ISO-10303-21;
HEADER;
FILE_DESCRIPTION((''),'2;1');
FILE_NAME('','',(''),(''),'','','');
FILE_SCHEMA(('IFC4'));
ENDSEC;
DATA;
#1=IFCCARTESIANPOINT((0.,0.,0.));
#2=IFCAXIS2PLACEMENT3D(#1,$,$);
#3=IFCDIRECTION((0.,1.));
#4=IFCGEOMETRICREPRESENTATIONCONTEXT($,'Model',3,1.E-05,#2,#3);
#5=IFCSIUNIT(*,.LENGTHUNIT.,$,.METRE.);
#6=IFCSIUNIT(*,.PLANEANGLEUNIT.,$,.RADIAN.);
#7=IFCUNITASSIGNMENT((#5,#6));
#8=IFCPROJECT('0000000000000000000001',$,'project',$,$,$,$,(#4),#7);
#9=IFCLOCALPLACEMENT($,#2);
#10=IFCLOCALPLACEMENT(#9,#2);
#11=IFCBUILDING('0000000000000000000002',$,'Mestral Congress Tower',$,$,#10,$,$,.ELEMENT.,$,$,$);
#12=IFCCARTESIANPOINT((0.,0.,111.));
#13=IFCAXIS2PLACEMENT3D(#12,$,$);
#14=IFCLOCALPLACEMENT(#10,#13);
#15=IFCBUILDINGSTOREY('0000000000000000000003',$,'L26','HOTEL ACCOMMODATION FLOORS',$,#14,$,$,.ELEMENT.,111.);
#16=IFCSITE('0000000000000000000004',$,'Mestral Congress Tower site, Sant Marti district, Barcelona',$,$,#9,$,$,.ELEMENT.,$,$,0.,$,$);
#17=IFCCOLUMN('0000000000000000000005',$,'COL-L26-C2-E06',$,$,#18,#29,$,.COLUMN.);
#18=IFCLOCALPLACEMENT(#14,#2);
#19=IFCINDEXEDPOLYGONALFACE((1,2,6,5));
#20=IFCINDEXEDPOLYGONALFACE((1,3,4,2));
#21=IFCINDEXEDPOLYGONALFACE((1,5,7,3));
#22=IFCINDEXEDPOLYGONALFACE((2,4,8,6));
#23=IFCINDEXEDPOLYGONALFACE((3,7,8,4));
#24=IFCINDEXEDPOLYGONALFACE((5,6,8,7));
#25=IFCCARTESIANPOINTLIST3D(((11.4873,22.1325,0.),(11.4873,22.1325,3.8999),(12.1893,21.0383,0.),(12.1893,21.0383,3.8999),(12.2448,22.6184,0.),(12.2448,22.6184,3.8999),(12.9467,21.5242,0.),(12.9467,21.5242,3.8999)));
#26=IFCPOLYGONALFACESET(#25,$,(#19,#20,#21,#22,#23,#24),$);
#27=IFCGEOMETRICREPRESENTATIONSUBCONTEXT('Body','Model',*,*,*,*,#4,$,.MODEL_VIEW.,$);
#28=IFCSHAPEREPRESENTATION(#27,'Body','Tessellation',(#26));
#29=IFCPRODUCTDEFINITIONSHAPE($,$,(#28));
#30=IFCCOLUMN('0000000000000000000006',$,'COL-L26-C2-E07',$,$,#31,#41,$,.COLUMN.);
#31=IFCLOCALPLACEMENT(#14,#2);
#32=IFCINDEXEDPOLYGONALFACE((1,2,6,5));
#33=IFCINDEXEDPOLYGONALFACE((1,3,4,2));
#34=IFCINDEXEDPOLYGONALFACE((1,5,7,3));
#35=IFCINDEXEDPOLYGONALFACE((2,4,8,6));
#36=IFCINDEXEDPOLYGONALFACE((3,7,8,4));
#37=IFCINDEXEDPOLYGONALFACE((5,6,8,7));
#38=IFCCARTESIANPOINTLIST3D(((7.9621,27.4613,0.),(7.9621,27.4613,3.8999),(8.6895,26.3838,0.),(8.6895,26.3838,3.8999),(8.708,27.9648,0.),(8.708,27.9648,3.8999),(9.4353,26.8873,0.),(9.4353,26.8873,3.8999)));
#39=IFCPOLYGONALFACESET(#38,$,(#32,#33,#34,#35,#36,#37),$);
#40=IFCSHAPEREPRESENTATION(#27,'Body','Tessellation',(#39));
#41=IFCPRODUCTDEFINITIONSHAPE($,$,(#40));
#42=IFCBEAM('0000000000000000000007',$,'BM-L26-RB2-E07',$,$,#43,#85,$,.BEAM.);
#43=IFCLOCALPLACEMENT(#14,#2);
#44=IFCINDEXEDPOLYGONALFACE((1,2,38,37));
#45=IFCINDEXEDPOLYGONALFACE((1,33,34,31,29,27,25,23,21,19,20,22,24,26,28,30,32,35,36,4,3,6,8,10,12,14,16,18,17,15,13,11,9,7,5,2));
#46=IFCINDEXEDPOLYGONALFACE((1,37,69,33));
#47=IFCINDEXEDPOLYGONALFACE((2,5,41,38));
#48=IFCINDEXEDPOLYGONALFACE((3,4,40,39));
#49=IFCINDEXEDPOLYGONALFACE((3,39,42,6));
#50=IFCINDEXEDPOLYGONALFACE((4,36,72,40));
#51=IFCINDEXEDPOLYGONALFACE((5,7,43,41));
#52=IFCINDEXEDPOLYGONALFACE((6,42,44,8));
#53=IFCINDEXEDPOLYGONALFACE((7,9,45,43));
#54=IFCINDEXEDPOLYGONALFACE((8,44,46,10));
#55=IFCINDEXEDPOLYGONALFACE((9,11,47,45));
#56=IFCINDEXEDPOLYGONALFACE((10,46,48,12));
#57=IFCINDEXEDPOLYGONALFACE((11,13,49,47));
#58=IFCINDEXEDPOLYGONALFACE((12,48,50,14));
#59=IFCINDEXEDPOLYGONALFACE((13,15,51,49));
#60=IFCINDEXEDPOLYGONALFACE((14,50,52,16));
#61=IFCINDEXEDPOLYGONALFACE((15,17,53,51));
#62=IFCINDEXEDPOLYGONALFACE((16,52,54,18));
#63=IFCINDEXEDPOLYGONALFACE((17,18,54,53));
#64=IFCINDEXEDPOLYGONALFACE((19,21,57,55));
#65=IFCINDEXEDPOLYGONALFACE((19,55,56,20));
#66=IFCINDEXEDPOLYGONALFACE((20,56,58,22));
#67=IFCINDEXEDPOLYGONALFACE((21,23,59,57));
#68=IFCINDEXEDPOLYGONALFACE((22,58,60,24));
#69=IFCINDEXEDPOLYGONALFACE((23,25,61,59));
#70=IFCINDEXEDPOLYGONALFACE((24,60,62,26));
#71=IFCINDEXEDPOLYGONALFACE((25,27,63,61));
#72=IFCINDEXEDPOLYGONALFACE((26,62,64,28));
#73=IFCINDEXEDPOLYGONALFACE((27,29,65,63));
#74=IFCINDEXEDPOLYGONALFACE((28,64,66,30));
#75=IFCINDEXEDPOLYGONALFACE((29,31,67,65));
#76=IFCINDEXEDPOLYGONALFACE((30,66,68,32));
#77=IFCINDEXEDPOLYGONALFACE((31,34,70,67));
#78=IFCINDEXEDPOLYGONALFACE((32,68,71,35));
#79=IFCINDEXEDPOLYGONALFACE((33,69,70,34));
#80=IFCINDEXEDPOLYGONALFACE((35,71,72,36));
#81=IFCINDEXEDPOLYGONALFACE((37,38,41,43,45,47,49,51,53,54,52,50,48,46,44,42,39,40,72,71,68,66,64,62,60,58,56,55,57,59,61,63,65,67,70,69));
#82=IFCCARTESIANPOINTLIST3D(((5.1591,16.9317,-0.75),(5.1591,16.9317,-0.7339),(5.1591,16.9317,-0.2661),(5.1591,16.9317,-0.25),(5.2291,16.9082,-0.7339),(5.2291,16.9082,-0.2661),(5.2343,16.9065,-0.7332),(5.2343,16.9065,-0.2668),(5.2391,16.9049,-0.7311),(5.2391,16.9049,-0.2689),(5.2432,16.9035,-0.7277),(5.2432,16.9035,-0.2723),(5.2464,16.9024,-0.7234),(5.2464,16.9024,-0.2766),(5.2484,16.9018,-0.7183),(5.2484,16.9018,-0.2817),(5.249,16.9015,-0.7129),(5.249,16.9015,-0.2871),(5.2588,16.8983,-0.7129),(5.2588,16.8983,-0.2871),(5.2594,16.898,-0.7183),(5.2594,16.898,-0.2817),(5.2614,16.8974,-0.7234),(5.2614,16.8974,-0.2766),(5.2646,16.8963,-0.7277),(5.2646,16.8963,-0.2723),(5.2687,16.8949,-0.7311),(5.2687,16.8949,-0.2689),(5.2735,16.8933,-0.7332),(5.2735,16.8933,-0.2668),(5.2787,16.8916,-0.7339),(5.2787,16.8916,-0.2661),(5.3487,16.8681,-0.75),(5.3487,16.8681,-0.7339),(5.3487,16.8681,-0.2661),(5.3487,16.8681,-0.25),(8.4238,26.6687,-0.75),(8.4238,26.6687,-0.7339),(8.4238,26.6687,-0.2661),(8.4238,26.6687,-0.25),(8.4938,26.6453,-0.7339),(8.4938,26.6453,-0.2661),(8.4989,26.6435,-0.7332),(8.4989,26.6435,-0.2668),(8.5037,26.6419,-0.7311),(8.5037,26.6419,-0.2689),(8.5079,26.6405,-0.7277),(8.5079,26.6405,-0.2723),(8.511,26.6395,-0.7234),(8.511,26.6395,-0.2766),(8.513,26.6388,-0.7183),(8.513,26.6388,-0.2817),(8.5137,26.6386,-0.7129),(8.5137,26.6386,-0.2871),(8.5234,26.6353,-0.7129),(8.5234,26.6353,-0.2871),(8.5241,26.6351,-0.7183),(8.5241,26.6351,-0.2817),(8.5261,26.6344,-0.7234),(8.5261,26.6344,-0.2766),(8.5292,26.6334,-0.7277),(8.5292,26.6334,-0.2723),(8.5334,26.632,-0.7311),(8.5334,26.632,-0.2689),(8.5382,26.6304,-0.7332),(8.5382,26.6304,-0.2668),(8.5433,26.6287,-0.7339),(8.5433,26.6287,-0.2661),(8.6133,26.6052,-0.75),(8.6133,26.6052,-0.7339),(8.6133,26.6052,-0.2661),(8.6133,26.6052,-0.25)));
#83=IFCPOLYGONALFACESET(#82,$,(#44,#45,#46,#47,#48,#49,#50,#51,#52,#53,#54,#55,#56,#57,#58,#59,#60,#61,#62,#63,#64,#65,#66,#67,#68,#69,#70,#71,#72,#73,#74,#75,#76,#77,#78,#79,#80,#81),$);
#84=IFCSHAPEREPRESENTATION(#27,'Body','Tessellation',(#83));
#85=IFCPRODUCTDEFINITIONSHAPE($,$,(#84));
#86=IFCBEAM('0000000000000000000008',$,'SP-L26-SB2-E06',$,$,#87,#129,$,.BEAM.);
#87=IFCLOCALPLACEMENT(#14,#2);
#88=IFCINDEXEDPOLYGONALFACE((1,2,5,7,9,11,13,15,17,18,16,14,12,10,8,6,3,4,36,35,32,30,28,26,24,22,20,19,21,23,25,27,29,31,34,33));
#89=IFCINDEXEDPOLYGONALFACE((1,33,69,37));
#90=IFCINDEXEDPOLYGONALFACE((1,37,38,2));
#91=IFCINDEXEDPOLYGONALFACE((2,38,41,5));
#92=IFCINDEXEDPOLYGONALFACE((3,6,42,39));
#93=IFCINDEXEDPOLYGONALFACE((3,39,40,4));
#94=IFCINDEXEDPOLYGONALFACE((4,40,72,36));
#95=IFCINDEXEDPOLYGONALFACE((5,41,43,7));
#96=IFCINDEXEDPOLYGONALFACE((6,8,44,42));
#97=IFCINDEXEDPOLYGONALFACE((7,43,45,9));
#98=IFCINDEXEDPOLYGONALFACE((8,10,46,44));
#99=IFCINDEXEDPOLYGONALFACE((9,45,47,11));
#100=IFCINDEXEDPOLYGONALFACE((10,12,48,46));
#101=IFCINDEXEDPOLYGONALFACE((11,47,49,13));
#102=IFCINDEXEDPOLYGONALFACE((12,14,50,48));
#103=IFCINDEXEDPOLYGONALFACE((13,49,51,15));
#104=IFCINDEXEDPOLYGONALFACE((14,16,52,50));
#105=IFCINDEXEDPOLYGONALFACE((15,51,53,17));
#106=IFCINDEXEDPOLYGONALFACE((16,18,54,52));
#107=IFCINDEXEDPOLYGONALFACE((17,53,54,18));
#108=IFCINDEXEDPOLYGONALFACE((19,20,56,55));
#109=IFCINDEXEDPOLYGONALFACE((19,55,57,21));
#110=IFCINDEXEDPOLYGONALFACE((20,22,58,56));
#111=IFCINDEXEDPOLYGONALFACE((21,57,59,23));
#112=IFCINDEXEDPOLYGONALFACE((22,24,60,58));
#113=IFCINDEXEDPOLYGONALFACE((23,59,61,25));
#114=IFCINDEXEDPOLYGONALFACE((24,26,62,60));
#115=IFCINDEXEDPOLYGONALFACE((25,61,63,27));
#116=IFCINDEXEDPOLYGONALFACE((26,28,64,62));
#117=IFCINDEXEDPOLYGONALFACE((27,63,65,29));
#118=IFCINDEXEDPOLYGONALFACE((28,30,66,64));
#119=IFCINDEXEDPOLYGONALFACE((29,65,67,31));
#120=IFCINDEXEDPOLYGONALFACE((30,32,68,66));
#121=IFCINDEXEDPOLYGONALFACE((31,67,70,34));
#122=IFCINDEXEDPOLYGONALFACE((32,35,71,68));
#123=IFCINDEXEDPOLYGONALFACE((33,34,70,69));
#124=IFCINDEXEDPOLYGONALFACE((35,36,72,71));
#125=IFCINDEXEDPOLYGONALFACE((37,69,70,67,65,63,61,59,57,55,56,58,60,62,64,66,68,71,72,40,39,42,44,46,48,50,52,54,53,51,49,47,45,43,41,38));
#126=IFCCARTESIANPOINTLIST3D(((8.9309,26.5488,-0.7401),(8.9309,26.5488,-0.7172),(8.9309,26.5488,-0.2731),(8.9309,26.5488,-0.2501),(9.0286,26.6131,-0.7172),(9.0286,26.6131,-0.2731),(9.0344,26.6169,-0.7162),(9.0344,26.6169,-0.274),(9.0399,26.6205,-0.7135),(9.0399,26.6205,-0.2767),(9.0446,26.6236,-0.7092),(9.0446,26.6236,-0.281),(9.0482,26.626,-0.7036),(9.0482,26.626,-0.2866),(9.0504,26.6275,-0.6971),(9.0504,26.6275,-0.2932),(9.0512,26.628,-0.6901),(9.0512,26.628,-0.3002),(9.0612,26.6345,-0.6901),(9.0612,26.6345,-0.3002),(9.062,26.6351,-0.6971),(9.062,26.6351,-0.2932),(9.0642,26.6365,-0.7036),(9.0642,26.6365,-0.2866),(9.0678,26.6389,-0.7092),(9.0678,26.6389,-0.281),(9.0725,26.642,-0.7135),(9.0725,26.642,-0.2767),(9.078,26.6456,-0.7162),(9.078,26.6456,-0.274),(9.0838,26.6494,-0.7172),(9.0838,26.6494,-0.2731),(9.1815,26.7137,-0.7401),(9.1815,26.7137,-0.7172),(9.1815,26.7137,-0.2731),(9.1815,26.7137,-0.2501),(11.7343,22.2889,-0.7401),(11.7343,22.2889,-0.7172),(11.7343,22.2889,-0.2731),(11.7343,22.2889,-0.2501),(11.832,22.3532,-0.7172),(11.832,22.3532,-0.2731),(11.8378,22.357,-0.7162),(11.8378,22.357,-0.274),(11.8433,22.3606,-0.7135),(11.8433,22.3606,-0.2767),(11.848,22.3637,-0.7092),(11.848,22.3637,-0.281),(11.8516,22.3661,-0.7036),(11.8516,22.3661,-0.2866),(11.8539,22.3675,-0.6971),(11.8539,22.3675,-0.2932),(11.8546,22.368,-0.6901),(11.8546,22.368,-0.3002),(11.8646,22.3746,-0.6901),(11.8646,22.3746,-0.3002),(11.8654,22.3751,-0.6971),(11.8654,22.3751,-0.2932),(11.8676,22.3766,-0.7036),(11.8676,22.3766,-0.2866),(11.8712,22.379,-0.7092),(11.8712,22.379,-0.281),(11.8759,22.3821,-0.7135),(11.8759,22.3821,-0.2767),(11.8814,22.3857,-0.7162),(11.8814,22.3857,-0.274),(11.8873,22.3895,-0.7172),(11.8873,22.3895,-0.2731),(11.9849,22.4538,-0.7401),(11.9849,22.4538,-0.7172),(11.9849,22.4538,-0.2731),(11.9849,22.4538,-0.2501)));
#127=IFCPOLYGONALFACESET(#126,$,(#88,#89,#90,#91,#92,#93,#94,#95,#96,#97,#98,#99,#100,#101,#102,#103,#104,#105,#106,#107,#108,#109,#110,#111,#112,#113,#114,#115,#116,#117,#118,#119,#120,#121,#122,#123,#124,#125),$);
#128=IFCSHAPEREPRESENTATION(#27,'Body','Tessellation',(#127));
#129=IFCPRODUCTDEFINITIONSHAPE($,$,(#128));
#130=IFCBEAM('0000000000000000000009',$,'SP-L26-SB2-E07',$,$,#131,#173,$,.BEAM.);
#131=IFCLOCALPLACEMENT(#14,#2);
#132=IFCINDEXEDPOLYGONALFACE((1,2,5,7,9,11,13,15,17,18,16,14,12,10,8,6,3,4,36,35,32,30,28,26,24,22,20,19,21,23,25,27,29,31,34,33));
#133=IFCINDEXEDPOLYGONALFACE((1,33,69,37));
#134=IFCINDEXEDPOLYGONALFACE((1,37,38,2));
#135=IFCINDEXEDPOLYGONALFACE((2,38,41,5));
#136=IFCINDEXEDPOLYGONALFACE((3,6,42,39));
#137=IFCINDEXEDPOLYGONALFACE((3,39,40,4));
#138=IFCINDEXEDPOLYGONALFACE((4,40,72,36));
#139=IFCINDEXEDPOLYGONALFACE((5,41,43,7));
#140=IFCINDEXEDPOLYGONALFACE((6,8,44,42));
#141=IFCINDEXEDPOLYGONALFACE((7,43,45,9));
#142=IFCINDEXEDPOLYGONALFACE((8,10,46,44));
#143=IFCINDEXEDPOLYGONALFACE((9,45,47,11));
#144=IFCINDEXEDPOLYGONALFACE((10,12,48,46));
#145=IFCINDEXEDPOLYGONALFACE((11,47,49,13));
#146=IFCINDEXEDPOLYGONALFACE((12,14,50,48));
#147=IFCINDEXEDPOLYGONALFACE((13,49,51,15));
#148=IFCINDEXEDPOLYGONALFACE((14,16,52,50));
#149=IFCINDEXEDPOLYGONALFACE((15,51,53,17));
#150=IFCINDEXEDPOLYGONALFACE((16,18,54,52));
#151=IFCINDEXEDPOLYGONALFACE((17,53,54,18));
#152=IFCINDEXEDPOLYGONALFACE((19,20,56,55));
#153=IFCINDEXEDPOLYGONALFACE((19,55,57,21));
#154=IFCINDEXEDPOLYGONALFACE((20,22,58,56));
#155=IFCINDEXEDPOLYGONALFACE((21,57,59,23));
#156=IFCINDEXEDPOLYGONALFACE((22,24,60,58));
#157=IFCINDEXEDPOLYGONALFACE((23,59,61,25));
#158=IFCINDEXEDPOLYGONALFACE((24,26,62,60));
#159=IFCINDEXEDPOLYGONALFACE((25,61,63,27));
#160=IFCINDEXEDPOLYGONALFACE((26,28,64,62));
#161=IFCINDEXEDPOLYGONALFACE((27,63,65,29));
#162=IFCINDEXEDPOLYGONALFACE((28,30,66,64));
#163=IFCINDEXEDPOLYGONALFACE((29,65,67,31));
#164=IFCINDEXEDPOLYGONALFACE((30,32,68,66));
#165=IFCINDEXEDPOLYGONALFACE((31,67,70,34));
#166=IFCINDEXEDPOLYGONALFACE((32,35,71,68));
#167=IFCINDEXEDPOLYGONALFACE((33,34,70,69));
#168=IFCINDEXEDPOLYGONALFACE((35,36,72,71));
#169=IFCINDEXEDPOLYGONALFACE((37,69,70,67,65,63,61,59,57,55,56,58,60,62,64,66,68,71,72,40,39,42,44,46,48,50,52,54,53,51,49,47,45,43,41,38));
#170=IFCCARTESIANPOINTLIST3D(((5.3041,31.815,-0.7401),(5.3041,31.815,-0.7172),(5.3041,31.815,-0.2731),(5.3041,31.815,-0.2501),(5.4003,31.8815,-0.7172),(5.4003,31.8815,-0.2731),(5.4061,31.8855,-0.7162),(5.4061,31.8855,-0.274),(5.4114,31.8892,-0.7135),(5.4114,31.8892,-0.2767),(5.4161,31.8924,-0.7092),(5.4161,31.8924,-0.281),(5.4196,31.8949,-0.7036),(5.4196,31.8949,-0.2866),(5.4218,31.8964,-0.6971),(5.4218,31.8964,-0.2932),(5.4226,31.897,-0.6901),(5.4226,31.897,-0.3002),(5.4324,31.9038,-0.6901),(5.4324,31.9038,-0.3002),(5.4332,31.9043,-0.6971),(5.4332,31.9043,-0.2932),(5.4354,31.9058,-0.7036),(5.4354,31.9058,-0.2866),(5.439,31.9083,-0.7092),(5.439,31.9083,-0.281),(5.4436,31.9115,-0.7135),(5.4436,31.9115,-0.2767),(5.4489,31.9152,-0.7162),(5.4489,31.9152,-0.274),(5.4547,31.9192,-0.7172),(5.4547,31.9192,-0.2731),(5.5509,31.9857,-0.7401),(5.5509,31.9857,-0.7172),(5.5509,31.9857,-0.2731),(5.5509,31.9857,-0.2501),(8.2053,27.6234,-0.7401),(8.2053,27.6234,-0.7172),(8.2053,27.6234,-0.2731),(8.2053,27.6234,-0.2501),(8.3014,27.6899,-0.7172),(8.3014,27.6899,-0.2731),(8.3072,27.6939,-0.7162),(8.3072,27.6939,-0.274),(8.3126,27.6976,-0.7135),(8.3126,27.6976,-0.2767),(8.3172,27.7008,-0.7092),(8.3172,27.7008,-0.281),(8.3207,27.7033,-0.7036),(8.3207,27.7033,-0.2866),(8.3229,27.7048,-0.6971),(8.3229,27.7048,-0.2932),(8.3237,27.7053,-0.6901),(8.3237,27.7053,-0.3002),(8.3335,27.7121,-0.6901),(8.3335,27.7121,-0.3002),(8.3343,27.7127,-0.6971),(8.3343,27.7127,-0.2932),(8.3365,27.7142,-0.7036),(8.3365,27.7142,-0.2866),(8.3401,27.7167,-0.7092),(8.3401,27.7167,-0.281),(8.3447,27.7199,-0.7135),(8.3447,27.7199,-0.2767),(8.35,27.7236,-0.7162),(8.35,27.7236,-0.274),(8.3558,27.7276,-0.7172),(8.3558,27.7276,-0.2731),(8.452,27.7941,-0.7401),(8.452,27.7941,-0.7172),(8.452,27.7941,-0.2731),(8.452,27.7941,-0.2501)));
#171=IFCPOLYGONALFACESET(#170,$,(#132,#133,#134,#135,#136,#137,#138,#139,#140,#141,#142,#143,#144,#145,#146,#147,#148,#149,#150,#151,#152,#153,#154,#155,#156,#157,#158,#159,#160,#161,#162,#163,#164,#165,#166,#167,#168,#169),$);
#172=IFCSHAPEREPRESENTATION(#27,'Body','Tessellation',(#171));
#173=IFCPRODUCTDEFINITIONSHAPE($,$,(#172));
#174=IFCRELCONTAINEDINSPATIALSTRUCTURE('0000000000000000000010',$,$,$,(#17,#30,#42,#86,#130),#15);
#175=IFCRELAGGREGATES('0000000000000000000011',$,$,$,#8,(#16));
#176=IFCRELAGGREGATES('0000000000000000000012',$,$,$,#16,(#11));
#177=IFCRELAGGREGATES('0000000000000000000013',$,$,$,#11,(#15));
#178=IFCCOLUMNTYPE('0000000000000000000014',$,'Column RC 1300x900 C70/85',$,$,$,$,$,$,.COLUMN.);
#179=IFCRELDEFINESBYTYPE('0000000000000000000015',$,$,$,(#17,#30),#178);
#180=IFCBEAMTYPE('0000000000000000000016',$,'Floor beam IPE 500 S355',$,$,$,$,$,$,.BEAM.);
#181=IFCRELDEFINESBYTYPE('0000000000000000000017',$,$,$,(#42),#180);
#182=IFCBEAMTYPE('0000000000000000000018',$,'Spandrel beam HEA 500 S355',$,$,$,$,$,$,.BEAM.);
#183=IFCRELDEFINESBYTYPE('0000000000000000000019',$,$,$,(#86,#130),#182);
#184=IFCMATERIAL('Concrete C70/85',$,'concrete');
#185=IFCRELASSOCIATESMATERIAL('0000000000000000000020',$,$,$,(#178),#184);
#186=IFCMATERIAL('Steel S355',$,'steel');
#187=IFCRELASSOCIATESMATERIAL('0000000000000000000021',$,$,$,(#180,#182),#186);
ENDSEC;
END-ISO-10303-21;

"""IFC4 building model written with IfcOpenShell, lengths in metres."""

from ifc_helpers import new_model, si_unit, direction, frame, origin, origin_2d, place, context, subcontext, project, spatial, rectangle, i_section, extrude, material, material_profile, profile_set, type_object, element, save


model = new_model("IFC4")

# Units and contexts
model_context = context("Model", 3, precision=1e-05, world=origin(), true_north=direction((0.0, 1.0)))
body_context = subcontext(model_context, "Body", "Model", "MODEL_VIEW")
ifc_project = project(units=[si_unit("LENGTHUNIT", "METRE"), si_unit("PLANEANGLEUNIT", "RADIAN")], contexts=[model_context])

# Site, building, storey
site_placement = place(None, origin())
site = spatial("IfcSite", under=ifc_project, at=site_placement, Name="Mestral Congress Tower site, Sant Marti district, Barcelona", CompositionType="ELEMENT", RefElevation=0.0)
building_placement = place(site_placement, origin())
building = spatial("IfcBuilding", under=site, at=building_placement, Name="Mestral Congress Tower", CompositionType="ELEMENT")
storey_placement = place(building_placement, frame((0.0, 0.0, 111.0)))
storey = spatial("IfcBuildingStorey", under=building, at=storey_placement, Name="L26", Description="HOTEL ACCOMMODATION FLOORS", CompositionType="ELEMENT", Elevation=111.0)

# Columns
ifc_material_1 = material(Name="Concrete C70/85", Category="concrete")
ifc_material_profile_1 = material_profile(ifc_material_1, rectangle(XDim=1.3, YDim=0.8999, at=origin_2d()), Name="RC 1300x900")
ifc_profile_set_1 = profile_set([ifc_material_profile_1], Name="Concrete C70/85")
column_type = type_object("IfcColumnType", Name="Column RC 1300x900 C70/85", PredefinedType="COLUMN", material=ifc_profile_set_1)
for number, where, z_axis, x_axis, name in (
    (1, (12.217, 21.8284, 0.0), (0.0, 0.0, 1.0), (-0.539945, 0.8417, 0.0), "COL-L26-C2-E06"),
    (2, (8.6987, 27.1743, 0.0), (0.0, 0.0, 1.0), (-0.559479, 0.828844, 0.0), "COL-L26-C2-E07"),
):
    element("IfcColumn", number, at=place(storey_placement, frame(where, z_axis=z_axis, x_axis=x_axis)), inside=storey, type_object=column_type, Name=name, PredefinedType="COLUMN", context=body_context, shape_type="SweptSolid", body=[
        extrude(rectangle(XDim=1.3, YDim=0.8999, at=origin_2d()), origin(), (0.0, 0.0, 1.0), 3.8999),
    ])

# Beams
ifc_material_2 = material(Name="Steel S355", Category="steel")
ifc_material_profile_2 = material_profile(ifc_material_2, i_section(OverallWidth=0.2, OverallDepth=0.5, WebThickness=0.0103, FlangeThickness=0.0161, FilletRadius=0.021, at=origin_2d()), Name="IPE 500")
ifc_profile_set_2 = profile_set([ifc_material_profile_2], Name="Steel S355")
beam_type_1 = type_object("IfcBeamType", Name="Floor beam IPE 500 S355", PredefinedType="BEAM", material=ifc_profile_set_2)
beam_1_placement = place(storey_placement, frame((8.5186, 26.637, -0.5), z_axis=(-0.317889, -0.948128, 0.0), x_axis=(0.948128, -0.317889, 0.0)))
element("IfcBeam", 3, at=beam_1_placement, inside=storey, type_object=beam_type_1, Name="BM-L26-RB2-E07", PredefinedType="BEAM", context=body_context, shape_type="SweptSolid", body=[
    extrude(i_section(OverallWidth=0.2, OverallDepth=0.5, WebThickness=0.0103, FlangeThickness=0.0161, FilletRadius=0.021, at=origin_2d()), origin(), (0.0, 0.0, 1.0), 10.2698),
])
ifc_material_profile_3 = material_profile(ifc_material_2, i_section(OverallWidth=0.3, OverallDepth=0.49, WebThickness=0.012, FlangeThickness=0.0229, FilletRadius=0.0271, at=origin_2d()), Name="HEA 500")
ifc_profile_set_3 = profile_set([ifc_material_profile_3], Name="Steel S355")
beam_type_2 = type_object("IfcBeamType", Name="Spandrel beam HEA 500 S355", PredefinedType="BEAM", material=ifc_profile_set_3)
beam_2_placement = place(storey_placement, frame((11.8596, 22.3713, -0.4951), z_axis=(-0.54973, 0.835342, 0.0), x_axis=(-0.835342, -0.54973, 0.0)))
element("IfcBeam", 4, at=beam_2_placement, inside=storey, type_object=beam_type_2, Name="SP-L26-SB2-E06", PredefinedType="BEAM", context=body_context, shape_type="SweptSolid", body=[
    extrude(i_section(OverallWidth=0.3, OverallDepth=0.49, WebThickness=0.012, FlangeThickness=0.0229, FilletRadius=0.0271, at=origin_2d()), origin(), (0.0, 0.0, 1.0), 5.0996),
])
beam_3_placement = place(storey_placement, frame((8.3286, 27.7087, -0.4951), z_axis=(-0.569105, 0.822265, 0.0), x_axis=(-0.822265, -0.569105, 0.0)))
element("IfcBeam", 5, at=beam_3_placement, inside=storey, type_object=beam_type_2, Name="SP-L26-SB2-E07", PredefinedType="BEAM", context=body_context, shape_type="SweptSolid", body=[
    extrude(i_section(OverallWidth=0.3, OverallDepth=0.49, WebThickness=0.012, FlangeThickness=0.0229, FilletRadius=0.0271, at=origin_2d()), origin(), (0.0, 0.0, 1.0), 5.0977),
])

save(model, "model.ifc")
